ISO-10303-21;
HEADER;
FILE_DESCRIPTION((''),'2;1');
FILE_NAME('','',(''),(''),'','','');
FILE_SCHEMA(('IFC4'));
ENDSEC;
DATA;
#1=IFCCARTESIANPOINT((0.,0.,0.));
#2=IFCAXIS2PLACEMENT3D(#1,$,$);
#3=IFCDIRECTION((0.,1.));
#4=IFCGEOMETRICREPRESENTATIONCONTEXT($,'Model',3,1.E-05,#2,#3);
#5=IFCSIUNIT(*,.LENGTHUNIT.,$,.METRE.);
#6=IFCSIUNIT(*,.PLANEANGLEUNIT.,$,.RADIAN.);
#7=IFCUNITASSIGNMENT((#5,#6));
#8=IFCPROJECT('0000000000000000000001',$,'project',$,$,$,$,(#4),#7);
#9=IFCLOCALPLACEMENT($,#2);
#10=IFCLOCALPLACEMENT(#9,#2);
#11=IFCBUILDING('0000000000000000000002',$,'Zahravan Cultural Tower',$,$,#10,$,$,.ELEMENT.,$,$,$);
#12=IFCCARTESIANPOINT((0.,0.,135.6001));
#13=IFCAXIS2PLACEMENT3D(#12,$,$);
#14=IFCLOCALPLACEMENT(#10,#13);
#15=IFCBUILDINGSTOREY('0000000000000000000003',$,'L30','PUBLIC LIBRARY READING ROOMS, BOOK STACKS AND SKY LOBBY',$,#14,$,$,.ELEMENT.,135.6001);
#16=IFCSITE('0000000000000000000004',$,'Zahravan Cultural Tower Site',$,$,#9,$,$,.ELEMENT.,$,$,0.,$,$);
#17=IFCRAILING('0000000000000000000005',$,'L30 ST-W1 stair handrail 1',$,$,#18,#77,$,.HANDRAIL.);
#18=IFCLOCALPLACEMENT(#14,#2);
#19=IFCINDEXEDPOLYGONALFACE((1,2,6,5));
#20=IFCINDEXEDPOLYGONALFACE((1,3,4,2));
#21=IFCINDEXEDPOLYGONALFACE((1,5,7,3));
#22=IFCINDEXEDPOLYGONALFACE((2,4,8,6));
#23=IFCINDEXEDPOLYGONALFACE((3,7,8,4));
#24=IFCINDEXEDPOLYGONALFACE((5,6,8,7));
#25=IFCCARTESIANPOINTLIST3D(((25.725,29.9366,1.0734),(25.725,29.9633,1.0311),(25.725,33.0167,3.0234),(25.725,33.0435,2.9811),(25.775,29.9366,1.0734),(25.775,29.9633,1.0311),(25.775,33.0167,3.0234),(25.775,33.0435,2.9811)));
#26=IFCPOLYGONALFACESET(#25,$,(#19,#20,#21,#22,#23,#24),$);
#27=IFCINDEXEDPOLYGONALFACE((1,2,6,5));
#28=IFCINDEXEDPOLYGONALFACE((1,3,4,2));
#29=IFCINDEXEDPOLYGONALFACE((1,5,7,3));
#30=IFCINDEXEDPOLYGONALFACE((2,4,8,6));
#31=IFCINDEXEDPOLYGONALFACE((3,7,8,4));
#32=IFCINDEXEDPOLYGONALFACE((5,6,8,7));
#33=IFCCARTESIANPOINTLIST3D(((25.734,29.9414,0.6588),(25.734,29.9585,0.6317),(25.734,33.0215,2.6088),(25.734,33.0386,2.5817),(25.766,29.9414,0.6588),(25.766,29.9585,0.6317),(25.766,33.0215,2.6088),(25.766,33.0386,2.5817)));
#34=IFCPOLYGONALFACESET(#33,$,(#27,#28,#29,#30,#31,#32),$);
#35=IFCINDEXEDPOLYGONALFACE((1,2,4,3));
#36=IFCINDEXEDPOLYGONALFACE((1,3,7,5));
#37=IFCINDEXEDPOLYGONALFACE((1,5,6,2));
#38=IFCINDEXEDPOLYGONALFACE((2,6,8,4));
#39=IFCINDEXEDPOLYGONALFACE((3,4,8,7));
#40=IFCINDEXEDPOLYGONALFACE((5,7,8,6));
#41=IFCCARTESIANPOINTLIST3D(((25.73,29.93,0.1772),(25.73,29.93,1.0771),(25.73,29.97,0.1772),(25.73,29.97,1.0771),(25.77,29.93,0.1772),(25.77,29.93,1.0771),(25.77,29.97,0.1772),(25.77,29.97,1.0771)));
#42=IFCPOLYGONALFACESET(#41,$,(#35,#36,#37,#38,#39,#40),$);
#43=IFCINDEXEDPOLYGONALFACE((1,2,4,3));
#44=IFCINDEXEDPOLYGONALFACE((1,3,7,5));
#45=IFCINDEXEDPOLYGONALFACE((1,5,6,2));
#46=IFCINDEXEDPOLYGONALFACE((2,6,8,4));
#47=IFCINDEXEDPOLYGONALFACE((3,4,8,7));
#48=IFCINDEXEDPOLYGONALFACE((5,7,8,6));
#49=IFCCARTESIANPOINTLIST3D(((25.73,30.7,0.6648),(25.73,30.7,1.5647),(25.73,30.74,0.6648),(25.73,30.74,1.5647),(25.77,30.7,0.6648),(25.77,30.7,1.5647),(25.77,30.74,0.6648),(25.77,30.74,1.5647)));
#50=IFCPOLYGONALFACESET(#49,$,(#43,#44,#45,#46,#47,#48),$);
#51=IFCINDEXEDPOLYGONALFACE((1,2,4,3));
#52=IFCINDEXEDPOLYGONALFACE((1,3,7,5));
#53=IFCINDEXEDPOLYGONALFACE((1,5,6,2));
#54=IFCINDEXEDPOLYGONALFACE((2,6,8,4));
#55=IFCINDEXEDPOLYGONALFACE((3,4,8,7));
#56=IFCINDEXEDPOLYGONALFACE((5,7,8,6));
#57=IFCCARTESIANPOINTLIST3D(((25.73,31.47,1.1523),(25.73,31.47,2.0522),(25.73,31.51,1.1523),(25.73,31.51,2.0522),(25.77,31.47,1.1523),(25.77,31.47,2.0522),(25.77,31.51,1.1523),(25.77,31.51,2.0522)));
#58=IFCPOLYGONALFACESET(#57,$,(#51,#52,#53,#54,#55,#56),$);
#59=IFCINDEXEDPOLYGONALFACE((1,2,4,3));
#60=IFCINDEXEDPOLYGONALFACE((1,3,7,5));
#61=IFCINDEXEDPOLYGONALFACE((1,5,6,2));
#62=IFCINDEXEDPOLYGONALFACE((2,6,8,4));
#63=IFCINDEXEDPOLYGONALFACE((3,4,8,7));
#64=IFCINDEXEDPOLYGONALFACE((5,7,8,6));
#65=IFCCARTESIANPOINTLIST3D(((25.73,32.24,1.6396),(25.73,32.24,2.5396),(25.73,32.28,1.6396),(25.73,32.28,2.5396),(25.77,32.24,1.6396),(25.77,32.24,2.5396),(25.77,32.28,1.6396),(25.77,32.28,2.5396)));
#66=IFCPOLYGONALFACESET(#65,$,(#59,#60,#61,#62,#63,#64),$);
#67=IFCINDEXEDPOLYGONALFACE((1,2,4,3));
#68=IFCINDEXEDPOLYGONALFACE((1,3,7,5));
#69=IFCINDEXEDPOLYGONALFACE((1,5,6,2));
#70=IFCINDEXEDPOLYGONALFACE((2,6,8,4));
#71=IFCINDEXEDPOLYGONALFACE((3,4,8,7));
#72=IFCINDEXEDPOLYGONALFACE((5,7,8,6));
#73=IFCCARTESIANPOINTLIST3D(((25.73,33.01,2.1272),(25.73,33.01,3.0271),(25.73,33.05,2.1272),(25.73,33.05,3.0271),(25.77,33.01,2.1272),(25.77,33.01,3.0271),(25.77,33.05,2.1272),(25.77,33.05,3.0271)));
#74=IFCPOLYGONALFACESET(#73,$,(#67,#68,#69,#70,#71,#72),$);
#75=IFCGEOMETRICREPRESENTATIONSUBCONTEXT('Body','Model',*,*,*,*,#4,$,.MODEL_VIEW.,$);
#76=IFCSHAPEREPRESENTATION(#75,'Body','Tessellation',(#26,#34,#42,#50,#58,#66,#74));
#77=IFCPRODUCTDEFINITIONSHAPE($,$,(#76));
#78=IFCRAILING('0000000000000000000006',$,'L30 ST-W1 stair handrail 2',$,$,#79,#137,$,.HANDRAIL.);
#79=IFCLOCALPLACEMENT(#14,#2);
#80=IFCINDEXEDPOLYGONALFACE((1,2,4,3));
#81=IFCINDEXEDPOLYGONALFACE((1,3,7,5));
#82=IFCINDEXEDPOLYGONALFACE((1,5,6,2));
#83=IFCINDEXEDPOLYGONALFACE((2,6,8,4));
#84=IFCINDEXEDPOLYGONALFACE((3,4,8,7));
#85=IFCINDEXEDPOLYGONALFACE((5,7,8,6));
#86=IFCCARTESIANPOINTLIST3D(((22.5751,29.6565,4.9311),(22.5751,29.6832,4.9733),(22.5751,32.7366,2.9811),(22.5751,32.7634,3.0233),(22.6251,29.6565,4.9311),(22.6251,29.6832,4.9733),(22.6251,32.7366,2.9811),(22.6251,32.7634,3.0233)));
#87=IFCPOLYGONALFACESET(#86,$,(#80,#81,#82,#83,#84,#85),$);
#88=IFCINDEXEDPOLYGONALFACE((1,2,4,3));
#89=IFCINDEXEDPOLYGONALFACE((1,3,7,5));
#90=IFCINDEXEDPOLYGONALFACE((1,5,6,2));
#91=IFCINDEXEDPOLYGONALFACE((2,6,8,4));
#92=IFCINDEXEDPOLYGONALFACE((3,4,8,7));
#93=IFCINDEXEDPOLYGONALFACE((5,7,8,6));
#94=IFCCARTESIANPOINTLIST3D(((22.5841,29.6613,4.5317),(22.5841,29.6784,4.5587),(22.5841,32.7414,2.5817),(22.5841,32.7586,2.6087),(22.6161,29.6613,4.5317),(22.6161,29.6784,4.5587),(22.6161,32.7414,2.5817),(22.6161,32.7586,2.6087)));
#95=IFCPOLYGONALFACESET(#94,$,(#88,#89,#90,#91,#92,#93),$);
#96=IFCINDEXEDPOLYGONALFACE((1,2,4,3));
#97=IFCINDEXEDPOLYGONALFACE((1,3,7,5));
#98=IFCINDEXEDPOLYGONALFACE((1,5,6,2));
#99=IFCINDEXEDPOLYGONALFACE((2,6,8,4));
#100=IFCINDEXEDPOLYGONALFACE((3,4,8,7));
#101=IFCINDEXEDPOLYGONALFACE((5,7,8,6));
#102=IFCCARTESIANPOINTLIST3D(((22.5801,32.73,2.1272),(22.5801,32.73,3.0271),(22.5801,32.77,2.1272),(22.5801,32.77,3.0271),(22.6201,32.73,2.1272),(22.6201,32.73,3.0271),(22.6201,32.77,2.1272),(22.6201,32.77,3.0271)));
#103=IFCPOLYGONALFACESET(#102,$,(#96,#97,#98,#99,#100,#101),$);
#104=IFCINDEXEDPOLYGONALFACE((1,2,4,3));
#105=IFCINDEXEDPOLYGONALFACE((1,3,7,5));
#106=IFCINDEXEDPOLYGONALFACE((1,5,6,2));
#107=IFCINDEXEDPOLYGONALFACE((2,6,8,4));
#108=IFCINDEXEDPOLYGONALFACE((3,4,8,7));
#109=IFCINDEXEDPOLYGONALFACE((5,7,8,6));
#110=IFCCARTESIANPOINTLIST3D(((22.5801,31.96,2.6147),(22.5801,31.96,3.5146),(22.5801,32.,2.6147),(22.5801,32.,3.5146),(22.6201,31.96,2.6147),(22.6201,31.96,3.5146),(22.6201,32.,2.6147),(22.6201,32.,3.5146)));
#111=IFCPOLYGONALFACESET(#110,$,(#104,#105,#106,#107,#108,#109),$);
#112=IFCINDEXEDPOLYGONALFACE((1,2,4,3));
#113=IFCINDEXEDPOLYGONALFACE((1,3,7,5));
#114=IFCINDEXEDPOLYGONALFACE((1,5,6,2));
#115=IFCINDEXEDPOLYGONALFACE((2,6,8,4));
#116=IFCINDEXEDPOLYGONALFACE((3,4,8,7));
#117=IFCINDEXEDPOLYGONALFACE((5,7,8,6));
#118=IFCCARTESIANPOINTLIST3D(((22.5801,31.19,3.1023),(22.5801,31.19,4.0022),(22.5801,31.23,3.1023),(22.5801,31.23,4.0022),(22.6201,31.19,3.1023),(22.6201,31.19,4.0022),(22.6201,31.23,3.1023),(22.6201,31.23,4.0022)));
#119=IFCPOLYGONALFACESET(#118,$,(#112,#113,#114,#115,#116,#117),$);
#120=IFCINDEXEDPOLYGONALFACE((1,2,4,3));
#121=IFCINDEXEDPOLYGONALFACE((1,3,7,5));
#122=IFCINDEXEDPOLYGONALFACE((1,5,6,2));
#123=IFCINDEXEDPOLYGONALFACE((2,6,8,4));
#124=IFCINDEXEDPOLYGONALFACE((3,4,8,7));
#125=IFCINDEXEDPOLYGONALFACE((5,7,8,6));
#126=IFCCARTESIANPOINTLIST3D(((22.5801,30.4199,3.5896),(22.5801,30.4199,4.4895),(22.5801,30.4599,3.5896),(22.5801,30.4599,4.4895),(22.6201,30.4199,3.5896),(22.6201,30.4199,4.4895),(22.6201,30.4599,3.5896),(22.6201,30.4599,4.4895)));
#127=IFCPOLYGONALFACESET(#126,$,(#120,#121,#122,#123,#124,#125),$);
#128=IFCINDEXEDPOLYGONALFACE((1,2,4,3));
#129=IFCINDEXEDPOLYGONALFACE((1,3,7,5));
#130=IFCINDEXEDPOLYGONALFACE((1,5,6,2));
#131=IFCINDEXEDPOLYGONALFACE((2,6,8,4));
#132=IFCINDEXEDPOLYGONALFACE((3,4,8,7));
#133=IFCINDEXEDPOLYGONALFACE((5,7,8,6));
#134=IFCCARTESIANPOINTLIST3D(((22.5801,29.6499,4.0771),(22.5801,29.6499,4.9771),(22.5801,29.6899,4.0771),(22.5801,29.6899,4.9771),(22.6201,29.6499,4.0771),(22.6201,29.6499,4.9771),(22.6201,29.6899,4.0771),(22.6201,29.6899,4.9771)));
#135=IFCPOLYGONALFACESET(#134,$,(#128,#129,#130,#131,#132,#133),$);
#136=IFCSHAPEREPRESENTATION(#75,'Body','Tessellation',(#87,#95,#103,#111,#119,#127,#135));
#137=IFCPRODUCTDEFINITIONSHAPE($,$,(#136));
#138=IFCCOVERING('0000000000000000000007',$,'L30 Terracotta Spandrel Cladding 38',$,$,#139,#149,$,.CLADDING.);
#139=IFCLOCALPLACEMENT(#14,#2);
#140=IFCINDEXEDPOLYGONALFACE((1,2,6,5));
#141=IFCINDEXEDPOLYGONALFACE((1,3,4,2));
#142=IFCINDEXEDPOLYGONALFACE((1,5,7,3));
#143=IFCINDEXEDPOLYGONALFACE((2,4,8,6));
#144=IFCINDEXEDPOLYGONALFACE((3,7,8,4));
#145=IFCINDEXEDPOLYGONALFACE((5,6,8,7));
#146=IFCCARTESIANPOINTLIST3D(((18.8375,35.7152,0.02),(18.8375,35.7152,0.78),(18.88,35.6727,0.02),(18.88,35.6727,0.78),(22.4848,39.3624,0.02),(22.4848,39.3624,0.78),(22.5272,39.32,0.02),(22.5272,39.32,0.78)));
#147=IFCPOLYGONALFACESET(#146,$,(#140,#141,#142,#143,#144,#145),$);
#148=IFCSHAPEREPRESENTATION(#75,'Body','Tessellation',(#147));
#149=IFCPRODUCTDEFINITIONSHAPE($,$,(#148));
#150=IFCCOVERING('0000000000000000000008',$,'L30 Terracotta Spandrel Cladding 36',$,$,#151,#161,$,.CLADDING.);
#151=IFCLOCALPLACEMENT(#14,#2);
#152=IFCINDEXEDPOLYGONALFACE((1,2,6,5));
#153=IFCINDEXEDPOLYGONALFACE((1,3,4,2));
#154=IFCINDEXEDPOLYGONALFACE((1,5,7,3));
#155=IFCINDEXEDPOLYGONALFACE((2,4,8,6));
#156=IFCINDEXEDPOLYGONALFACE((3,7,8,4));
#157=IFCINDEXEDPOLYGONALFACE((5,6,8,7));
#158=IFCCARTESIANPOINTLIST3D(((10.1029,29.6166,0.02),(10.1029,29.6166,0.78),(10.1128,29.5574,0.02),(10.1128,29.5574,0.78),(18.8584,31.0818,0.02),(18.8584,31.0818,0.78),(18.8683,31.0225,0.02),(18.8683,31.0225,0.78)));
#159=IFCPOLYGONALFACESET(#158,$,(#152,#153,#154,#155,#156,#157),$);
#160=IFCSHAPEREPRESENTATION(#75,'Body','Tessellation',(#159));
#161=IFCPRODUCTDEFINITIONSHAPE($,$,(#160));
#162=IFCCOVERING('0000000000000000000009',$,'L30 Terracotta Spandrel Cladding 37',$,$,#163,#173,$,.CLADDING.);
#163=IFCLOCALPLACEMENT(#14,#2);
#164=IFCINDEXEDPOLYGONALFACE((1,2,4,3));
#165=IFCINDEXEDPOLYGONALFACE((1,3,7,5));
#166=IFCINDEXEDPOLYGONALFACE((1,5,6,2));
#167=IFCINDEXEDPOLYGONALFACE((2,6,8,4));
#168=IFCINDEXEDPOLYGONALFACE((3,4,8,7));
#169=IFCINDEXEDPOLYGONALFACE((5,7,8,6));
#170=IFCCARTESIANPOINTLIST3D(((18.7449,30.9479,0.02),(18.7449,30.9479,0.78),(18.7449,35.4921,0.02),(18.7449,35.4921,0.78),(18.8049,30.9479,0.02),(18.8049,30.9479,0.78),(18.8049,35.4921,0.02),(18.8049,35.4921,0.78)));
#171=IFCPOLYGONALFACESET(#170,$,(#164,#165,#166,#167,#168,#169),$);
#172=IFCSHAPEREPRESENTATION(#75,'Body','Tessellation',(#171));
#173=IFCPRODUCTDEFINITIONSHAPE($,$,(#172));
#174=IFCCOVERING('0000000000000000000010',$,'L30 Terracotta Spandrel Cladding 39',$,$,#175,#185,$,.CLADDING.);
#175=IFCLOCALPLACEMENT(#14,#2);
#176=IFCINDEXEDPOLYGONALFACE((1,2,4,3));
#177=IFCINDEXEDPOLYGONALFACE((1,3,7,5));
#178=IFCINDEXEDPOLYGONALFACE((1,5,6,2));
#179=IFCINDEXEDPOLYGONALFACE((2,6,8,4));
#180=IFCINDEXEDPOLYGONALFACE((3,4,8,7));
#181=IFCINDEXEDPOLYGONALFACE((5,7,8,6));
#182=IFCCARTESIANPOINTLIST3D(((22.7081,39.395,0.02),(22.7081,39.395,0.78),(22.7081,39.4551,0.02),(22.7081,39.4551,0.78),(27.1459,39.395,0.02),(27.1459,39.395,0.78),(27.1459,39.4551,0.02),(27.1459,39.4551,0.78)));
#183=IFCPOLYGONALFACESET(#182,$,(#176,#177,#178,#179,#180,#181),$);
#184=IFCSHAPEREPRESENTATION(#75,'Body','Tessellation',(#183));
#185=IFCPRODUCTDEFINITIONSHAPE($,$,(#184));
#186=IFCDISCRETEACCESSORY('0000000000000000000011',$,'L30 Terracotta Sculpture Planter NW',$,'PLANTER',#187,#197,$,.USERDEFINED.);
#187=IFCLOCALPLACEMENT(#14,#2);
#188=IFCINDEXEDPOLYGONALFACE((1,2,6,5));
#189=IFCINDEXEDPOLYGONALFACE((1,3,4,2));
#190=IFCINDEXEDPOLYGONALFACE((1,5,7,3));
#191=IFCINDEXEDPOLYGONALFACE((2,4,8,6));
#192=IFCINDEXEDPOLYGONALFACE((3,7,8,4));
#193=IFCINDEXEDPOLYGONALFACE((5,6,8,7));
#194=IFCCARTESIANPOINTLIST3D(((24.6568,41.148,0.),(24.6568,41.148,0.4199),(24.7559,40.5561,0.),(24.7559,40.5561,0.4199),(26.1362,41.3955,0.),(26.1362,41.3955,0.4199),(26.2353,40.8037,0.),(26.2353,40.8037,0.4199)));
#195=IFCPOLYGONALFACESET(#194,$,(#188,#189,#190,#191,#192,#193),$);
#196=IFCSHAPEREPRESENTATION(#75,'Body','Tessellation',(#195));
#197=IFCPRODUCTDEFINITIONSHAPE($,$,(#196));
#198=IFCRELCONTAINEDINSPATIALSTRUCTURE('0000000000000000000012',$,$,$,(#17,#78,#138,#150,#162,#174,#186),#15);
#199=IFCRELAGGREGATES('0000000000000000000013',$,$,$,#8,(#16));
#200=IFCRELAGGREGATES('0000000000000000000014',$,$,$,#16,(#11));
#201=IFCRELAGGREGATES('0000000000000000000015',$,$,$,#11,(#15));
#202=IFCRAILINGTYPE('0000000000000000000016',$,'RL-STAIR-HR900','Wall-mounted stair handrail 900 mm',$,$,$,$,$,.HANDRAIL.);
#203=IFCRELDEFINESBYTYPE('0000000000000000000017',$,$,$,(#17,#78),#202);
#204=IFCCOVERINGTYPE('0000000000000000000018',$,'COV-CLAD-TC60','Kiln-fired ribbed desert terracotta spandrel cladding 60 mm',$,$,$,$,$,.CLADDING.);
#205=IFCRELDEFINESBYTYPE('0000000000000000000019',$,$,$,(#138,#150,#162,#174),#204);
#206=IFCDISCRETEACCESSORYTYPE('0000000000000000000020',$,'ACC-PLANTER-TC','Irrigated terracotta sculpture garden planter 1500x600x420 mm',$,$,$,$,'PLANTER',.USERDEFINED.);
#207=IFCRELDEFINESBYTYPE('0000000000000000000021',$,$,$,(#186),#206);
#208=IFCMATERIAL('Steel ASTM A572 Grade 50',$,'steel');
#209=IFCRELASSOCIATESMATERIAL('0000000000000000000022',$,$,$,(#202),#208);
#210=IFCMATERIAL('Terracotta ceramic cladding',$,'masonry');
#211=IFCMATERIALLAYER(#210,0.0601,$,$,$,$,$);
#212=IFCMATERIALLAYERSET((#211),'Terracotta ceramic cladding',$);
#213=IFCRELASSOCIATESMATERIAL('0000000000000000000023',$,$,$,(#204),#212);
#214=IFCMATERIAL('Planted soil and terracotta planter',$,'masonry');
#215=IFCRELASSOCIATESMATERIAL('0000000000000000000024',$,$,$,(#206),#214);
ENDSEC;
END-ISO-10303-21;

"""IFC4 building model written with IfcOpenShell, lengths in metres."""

from ifc_helpers import new_model, si_unit, direction, frame, origin, origin_2d, place, context, subcontext, project, spatial, rectangle, extrude, source, transform, mapped, material, layer, layer_set, type_object, element, save


model = new_model("IFC4")

# Units and contexts
model_context = context("Model", 3, precision=1e-05, world=origin(), true_north=direction((0.0, 1.0)))
body_context = subcontext(model_context, "Body", "Model", "MODEL_VIEW")
ifc_project = project(units=[si_unit("LENGTHUNIT", "METRE"), si_unit("PLANEANGLEUNIT", "RADIAN")], contexts=[model_context])

# Site, building, storey
site_placement = place(None, origin())
site = spatial("IfcSite", under=ifc_project, at=site_placement, Name="Zahravan Cultural Tower Site", CompositionType="ELEMENT", RefElevation=0.0)
building_placement = place(site_placement, origin())
building = spatial("IfcBuilding", under=site, at=building_placement, Name="Zahravan Cultural Tower", CompositionType="ELEMENT")
storey_placement = place(building_placement, frame((0.0, 0.0, 135.6001)))
storey = spatial("IfcBuildingStorey", under=building, at=storey_placement, Name="L30", Description="PUBLIC LIBRARY READING ROOMS, BOOK STACKS AND SKY LOBBY", CompositionType="ELEMENT", Elevation=135.6001)

# Railings
ifc_material_1 = material(Name="Steel ASTM A572 Grade 50", Category="steel")
railing_type_1 = type_object("IfcRailingType", Name="RL-STAIR-HR900", Description="Wall-mounted stair handrail 900 mm", PredefinedType="HANDRAIL", material=ifc_material_1)
railing_1_placement = place(storey_placement, frame((25.75, 29.95, 0.1772)))
element("IfcRailing", 1, at=railing_1_placement, inside=storey, type_object=railing_type_1, Name="L30 ST-W1 stair handrail 1", PredefinedType="HANDRAIL", context=body_context, shape_type="SweptSolid", body=[
    extrude(rectangle(XDim=0.05, YDim=0.05, at=origin_2d()), frame((0.0, 0.0, 0.875), z_axis=(0.0, 0.844914, 0.534902), x_axis=(-1.0, 0.0, 0.0)), (0.0, 0.0, 1.0), 3.6455),
    extrude(rectangle(XDim=0.032, YDim=0.032, at=origin_2d()), frame((0.0, 0.0, 0.468), z_axis=(0.0, 0.844914, 0.534902), x_axis=(-1.0, 0.0, 0.0)), (0.0, 0.0, 1.0), 3.6455),
    extrude(rectangle(XDim=0.04, YDim=0.04, at=origin_2d()), origin(), (0.0, 0.0, 1.0), 0.8999),
    extrude(rectangle(XDim=0.04, YDim=0.04, at=origin_2d()), frame((0.0, 0.77, 0.4875)), (0.0, 0.0, 1.0), 0.8999),
    extrude(rectangle(XDim=0.04, YDim=0.04, at=origin_2d()), frame((0.0, 1.54, 0.9751)), (0.0, 0.0, 1.0), 0.8999),
    extrude(rectangle(XDim=0.04, YDim=0.04, at=origin_2d()), frame((0.0, 2.3101, 1.4624)), (0.0, 0.0, 1.0), 0.8999),
    extrude(rectangle(XDim=0.04, YDim=0.04, at=origin_2d()), frame((0.0, 3.0801, 1.95)), (0.0, 0.0, 1.0), 0.8999),
])
railing_2_placement = place(storey_placement, frame((22.6001, 32.75, 2.1272)))
element("IfcRailing", 2, at=railing_2_placement, inside=storey, type_object=railing_type_1, Name="L30 ST-W1 stair handrail 2", PredefinedType="HANDRAIL", context=body_context, shape_type="SweptSolid", body=[
    extrude(rectangle(XDim=0.05, YDim=0.05, at=origin_2d()), frame((0.0, 0.0, 0.875), z_axis=(0.0, -0.844914, 0.534902), x_axis=(1.0, 0.0, 0.0)), (0.0, 0.0, 1.0), 3.6455),
    extrude(rectangle(XDim=0.032, YDim=0.032, at=origin_2d()), frame((0.0, 0.0, 0.468), z_axis=(0.0, -0.844914, 0.534902), x_axis=(1.0, 0.0, 0.0)), (0.0, 0.0, 1.0), 3.6455),
    extrude(rectangle(XDim=0.04, YDim=0.04, at=origin_2d()), origin(), (0.0, 0.0, 1.0), 0.8999),
    extrude(rectangle(XDim=0.04, YDim=0.04, at=origin_2d()), frame((0.0, -0.77, 0.4875)), (0.0, 0.0, 1.0), 0.8999),
    extrude(rectangle(XDim=0.04, YDim=0.04, at=origin_2d()), frame((0.0, -1.54, 0.9751)), (0.0, 0.0, 1.0), 0.8999),
    extrude(rectangle(XDim=0.04, YDim=0.04, at=origin_2d()), frame((0.0, -2.3101, 1.4624)), (0.0, 0.0, 1.0), 0.8999),
    extrude(rectangle(XDim=0.04, YDim=0.04, at=origin_2d()), frame((0.0, -3.0801, 1.95)), (0.0, 0.0, 1.0), 0.8999),
])

# Coverings
ifc_material_2 = material(Name="Terracotta ceramic cladding", Category="masonry")
ifc_layer_1 = layer(ifc_material_2, 0.0601)
ifc_layer_set_1 = layer_set([ifc_layer_1], Name="Terracotta ceramic cladding")
covering_type = type_object("IfcCoveringType", Name="COV-CLAD-TC60", Description="Kiln-fired ribbed desert terracotta spandrel cladding 60 mm", PredefinedType="CLADDING", material=ifc_layer_set_1)
shared_shape_1 = source(origin(), body_context, "Body", "SweptSolid", [
    extrude(rectangle(XDim=5.158, YDim=0.0601, at=origin_2d()), origin(), (0.0, 0.0, 1.0), 0.76),
])
covering_1_placement = place(storey_placement, frame((20.6824, 37.5176, 0.02), z_axis=(0.0, 0.0, 1.0), x_axis=(0.707107, 0.707107, 0.0)))
element("IfcCovering", 3, at=covering_1_placement, inside=storey, type_object=covering_type, Name="L30 Terracotta Spandrel Cladding 38", PredefinedType="CLADDING", context=body_context, shape_type="MappedRepresentation", body=[
    mapped(shared_shape_1, transform((0.0, 0.0, 0.0), x_axis=(1.0, 0.0, 0.0), y_axis=(0.0, 1.0, 0.0), z_axis=(0.0, 0.0, 1.0), scale=1.0)),
])
shared_shape_2 = source(origin(), body_context, "Body", "SweptSolid", [
    extrude(rectangle(XDim=8.8772, YDim=0.0601, at=origin_2d()), origin(), (0.0, 0.0, 1.0), 0.76),
])
covering_2_placement = place(storey_placement, frame((14.4856, 30.3196, 0.02), z_axis=(0.0, 0.0, 1.0), x_axis=(0.986286, 0.165048, 0.0)))
element("IfcCovering", 4, at=covering_2_placement, inside=storey, type_object=covering_type, Name="L30 Terracotta Spandrel Cladding 36", PredefinedType="CLADDING", context=body_context, shape_type="MappedRepresentation", body=[
    mapped(shared_shape_2, transform((0.0, 0.0, 0.0), x_axis=(1.0, 0.0, 0.0), y_axis=(0.0, 1.0, 0.0), z_axis=(0.0, 0.0, 1.0), scale=1.0)),
])
shared_shape_3 = source(origin(), body_context, "Body", "SweptSolid", [
    extrude(rectangle(XDim=4.5442, YDim=0.0601, at=origin_2d()), origin(), (0.0, 0.0, 1.0), 0.76),
])
covering_3_placement = place(storey_placement, frame((18.7749, 33.22, 0.02), z_axis=(0.0, 0.0, 1.0), x_axis=(0.0, 1.0, 0.0)))
element("IfcCovering", 5, at=covering_3_placement, inside=storey, type_object=covering_type, Name="L30 Terracotta Spandrel Cladding 37", PredefinedType="CLADDING", context=body_context, shape_type="MappedRepresentation", body=[
    mapped(shared_shape_3, transform((0.0, 0.0, 0.0), x_axis=(1.0, 0.0, 0.0), y_axis=(0.0, 1.0, 0.0), z_axis=(0.0, 0.0, 1.0), scale=1.0)),
])
shared_shape_4 = source(origin(), body_context, "Body", "SweptSolid", [
    extrude(rectangle(XDim=4.4377, YDim=0.0601, at=origin_2d()), origin(), (0.0, 0.0, 1.0), 0.76),
])
covering_4_placement = place(storey_placement, frame((24.927, 39.425, 0.02), z_axis=(0.0, 0.0, 1.0), x_axis=(1.0, 0.0, 0.0)))
element("IfcCovering", 6, at=covering_4_placement, inside=storey, type_object=covering_type, Name="L30 Terracotta Spandrel Cladding 39", PredefinedType="CLADDING", context=body_context, shape_type="MappedRepresentation", body=[
    mapped(shared_shape_4, transform((0.0, 0.0, 0.0), x_axis=(1.0, 0.0, 0.0), y_axis=(0.0, 1.0, 0.0), z_axis=(0.0, 0.0, 1.0), scale=1.0)),
])

# Discrete accessory
ifc_material_3 = material(Name="Planted soil and terracotta planter", Category="masonry")
discrete_accessory_type = type_object("IfcDiscreteAccessoryType", Name="ACC-PLANTER-TC", Description="Irrigated terracotta sculpture garden planter 1500x600x420 mm", ElementType="PLANTER", PredefinedType="USERDEFINED", material=ifc_material_3)
shared_shape_5 = source(origin(), body_context, "Body", "SweptSolid", [
    extrude(rectangle(XDim=1.5, YDim=0.6001, at=origin_2d()), origin(), (0.0, 0.0, 1.0), 0.4199),
])
discrete_accessory_placement = place(storey_placement, frame((25.446, 40.9758, 0.0), z_axis=(0.0, 0.0, 1.0), x_axis=(0.986286, 0.165048, 0.0)))
element("IfcDiscreteAccessory", 7, at=discrete_accessory_placement, inside=storey, type_object=discrete_accessory_type, Name="L30 Terracotta Sculpture Planter NW", ObjectType="PLANTER", PredefinedType="USERDEFINED", context=body_context, shape_type="MappedRepresentation", body=[
    mapped(shared_shape_5, transform((0.0, 0.0, 0.0), x_axis=(1.0, 0.0, 0.0), y_axis=(0.0, 1.0, 0.0), z_axis=(0.0, 0.0, 1.0), scale=1.0)),
])

save(model, "model.ifc")
